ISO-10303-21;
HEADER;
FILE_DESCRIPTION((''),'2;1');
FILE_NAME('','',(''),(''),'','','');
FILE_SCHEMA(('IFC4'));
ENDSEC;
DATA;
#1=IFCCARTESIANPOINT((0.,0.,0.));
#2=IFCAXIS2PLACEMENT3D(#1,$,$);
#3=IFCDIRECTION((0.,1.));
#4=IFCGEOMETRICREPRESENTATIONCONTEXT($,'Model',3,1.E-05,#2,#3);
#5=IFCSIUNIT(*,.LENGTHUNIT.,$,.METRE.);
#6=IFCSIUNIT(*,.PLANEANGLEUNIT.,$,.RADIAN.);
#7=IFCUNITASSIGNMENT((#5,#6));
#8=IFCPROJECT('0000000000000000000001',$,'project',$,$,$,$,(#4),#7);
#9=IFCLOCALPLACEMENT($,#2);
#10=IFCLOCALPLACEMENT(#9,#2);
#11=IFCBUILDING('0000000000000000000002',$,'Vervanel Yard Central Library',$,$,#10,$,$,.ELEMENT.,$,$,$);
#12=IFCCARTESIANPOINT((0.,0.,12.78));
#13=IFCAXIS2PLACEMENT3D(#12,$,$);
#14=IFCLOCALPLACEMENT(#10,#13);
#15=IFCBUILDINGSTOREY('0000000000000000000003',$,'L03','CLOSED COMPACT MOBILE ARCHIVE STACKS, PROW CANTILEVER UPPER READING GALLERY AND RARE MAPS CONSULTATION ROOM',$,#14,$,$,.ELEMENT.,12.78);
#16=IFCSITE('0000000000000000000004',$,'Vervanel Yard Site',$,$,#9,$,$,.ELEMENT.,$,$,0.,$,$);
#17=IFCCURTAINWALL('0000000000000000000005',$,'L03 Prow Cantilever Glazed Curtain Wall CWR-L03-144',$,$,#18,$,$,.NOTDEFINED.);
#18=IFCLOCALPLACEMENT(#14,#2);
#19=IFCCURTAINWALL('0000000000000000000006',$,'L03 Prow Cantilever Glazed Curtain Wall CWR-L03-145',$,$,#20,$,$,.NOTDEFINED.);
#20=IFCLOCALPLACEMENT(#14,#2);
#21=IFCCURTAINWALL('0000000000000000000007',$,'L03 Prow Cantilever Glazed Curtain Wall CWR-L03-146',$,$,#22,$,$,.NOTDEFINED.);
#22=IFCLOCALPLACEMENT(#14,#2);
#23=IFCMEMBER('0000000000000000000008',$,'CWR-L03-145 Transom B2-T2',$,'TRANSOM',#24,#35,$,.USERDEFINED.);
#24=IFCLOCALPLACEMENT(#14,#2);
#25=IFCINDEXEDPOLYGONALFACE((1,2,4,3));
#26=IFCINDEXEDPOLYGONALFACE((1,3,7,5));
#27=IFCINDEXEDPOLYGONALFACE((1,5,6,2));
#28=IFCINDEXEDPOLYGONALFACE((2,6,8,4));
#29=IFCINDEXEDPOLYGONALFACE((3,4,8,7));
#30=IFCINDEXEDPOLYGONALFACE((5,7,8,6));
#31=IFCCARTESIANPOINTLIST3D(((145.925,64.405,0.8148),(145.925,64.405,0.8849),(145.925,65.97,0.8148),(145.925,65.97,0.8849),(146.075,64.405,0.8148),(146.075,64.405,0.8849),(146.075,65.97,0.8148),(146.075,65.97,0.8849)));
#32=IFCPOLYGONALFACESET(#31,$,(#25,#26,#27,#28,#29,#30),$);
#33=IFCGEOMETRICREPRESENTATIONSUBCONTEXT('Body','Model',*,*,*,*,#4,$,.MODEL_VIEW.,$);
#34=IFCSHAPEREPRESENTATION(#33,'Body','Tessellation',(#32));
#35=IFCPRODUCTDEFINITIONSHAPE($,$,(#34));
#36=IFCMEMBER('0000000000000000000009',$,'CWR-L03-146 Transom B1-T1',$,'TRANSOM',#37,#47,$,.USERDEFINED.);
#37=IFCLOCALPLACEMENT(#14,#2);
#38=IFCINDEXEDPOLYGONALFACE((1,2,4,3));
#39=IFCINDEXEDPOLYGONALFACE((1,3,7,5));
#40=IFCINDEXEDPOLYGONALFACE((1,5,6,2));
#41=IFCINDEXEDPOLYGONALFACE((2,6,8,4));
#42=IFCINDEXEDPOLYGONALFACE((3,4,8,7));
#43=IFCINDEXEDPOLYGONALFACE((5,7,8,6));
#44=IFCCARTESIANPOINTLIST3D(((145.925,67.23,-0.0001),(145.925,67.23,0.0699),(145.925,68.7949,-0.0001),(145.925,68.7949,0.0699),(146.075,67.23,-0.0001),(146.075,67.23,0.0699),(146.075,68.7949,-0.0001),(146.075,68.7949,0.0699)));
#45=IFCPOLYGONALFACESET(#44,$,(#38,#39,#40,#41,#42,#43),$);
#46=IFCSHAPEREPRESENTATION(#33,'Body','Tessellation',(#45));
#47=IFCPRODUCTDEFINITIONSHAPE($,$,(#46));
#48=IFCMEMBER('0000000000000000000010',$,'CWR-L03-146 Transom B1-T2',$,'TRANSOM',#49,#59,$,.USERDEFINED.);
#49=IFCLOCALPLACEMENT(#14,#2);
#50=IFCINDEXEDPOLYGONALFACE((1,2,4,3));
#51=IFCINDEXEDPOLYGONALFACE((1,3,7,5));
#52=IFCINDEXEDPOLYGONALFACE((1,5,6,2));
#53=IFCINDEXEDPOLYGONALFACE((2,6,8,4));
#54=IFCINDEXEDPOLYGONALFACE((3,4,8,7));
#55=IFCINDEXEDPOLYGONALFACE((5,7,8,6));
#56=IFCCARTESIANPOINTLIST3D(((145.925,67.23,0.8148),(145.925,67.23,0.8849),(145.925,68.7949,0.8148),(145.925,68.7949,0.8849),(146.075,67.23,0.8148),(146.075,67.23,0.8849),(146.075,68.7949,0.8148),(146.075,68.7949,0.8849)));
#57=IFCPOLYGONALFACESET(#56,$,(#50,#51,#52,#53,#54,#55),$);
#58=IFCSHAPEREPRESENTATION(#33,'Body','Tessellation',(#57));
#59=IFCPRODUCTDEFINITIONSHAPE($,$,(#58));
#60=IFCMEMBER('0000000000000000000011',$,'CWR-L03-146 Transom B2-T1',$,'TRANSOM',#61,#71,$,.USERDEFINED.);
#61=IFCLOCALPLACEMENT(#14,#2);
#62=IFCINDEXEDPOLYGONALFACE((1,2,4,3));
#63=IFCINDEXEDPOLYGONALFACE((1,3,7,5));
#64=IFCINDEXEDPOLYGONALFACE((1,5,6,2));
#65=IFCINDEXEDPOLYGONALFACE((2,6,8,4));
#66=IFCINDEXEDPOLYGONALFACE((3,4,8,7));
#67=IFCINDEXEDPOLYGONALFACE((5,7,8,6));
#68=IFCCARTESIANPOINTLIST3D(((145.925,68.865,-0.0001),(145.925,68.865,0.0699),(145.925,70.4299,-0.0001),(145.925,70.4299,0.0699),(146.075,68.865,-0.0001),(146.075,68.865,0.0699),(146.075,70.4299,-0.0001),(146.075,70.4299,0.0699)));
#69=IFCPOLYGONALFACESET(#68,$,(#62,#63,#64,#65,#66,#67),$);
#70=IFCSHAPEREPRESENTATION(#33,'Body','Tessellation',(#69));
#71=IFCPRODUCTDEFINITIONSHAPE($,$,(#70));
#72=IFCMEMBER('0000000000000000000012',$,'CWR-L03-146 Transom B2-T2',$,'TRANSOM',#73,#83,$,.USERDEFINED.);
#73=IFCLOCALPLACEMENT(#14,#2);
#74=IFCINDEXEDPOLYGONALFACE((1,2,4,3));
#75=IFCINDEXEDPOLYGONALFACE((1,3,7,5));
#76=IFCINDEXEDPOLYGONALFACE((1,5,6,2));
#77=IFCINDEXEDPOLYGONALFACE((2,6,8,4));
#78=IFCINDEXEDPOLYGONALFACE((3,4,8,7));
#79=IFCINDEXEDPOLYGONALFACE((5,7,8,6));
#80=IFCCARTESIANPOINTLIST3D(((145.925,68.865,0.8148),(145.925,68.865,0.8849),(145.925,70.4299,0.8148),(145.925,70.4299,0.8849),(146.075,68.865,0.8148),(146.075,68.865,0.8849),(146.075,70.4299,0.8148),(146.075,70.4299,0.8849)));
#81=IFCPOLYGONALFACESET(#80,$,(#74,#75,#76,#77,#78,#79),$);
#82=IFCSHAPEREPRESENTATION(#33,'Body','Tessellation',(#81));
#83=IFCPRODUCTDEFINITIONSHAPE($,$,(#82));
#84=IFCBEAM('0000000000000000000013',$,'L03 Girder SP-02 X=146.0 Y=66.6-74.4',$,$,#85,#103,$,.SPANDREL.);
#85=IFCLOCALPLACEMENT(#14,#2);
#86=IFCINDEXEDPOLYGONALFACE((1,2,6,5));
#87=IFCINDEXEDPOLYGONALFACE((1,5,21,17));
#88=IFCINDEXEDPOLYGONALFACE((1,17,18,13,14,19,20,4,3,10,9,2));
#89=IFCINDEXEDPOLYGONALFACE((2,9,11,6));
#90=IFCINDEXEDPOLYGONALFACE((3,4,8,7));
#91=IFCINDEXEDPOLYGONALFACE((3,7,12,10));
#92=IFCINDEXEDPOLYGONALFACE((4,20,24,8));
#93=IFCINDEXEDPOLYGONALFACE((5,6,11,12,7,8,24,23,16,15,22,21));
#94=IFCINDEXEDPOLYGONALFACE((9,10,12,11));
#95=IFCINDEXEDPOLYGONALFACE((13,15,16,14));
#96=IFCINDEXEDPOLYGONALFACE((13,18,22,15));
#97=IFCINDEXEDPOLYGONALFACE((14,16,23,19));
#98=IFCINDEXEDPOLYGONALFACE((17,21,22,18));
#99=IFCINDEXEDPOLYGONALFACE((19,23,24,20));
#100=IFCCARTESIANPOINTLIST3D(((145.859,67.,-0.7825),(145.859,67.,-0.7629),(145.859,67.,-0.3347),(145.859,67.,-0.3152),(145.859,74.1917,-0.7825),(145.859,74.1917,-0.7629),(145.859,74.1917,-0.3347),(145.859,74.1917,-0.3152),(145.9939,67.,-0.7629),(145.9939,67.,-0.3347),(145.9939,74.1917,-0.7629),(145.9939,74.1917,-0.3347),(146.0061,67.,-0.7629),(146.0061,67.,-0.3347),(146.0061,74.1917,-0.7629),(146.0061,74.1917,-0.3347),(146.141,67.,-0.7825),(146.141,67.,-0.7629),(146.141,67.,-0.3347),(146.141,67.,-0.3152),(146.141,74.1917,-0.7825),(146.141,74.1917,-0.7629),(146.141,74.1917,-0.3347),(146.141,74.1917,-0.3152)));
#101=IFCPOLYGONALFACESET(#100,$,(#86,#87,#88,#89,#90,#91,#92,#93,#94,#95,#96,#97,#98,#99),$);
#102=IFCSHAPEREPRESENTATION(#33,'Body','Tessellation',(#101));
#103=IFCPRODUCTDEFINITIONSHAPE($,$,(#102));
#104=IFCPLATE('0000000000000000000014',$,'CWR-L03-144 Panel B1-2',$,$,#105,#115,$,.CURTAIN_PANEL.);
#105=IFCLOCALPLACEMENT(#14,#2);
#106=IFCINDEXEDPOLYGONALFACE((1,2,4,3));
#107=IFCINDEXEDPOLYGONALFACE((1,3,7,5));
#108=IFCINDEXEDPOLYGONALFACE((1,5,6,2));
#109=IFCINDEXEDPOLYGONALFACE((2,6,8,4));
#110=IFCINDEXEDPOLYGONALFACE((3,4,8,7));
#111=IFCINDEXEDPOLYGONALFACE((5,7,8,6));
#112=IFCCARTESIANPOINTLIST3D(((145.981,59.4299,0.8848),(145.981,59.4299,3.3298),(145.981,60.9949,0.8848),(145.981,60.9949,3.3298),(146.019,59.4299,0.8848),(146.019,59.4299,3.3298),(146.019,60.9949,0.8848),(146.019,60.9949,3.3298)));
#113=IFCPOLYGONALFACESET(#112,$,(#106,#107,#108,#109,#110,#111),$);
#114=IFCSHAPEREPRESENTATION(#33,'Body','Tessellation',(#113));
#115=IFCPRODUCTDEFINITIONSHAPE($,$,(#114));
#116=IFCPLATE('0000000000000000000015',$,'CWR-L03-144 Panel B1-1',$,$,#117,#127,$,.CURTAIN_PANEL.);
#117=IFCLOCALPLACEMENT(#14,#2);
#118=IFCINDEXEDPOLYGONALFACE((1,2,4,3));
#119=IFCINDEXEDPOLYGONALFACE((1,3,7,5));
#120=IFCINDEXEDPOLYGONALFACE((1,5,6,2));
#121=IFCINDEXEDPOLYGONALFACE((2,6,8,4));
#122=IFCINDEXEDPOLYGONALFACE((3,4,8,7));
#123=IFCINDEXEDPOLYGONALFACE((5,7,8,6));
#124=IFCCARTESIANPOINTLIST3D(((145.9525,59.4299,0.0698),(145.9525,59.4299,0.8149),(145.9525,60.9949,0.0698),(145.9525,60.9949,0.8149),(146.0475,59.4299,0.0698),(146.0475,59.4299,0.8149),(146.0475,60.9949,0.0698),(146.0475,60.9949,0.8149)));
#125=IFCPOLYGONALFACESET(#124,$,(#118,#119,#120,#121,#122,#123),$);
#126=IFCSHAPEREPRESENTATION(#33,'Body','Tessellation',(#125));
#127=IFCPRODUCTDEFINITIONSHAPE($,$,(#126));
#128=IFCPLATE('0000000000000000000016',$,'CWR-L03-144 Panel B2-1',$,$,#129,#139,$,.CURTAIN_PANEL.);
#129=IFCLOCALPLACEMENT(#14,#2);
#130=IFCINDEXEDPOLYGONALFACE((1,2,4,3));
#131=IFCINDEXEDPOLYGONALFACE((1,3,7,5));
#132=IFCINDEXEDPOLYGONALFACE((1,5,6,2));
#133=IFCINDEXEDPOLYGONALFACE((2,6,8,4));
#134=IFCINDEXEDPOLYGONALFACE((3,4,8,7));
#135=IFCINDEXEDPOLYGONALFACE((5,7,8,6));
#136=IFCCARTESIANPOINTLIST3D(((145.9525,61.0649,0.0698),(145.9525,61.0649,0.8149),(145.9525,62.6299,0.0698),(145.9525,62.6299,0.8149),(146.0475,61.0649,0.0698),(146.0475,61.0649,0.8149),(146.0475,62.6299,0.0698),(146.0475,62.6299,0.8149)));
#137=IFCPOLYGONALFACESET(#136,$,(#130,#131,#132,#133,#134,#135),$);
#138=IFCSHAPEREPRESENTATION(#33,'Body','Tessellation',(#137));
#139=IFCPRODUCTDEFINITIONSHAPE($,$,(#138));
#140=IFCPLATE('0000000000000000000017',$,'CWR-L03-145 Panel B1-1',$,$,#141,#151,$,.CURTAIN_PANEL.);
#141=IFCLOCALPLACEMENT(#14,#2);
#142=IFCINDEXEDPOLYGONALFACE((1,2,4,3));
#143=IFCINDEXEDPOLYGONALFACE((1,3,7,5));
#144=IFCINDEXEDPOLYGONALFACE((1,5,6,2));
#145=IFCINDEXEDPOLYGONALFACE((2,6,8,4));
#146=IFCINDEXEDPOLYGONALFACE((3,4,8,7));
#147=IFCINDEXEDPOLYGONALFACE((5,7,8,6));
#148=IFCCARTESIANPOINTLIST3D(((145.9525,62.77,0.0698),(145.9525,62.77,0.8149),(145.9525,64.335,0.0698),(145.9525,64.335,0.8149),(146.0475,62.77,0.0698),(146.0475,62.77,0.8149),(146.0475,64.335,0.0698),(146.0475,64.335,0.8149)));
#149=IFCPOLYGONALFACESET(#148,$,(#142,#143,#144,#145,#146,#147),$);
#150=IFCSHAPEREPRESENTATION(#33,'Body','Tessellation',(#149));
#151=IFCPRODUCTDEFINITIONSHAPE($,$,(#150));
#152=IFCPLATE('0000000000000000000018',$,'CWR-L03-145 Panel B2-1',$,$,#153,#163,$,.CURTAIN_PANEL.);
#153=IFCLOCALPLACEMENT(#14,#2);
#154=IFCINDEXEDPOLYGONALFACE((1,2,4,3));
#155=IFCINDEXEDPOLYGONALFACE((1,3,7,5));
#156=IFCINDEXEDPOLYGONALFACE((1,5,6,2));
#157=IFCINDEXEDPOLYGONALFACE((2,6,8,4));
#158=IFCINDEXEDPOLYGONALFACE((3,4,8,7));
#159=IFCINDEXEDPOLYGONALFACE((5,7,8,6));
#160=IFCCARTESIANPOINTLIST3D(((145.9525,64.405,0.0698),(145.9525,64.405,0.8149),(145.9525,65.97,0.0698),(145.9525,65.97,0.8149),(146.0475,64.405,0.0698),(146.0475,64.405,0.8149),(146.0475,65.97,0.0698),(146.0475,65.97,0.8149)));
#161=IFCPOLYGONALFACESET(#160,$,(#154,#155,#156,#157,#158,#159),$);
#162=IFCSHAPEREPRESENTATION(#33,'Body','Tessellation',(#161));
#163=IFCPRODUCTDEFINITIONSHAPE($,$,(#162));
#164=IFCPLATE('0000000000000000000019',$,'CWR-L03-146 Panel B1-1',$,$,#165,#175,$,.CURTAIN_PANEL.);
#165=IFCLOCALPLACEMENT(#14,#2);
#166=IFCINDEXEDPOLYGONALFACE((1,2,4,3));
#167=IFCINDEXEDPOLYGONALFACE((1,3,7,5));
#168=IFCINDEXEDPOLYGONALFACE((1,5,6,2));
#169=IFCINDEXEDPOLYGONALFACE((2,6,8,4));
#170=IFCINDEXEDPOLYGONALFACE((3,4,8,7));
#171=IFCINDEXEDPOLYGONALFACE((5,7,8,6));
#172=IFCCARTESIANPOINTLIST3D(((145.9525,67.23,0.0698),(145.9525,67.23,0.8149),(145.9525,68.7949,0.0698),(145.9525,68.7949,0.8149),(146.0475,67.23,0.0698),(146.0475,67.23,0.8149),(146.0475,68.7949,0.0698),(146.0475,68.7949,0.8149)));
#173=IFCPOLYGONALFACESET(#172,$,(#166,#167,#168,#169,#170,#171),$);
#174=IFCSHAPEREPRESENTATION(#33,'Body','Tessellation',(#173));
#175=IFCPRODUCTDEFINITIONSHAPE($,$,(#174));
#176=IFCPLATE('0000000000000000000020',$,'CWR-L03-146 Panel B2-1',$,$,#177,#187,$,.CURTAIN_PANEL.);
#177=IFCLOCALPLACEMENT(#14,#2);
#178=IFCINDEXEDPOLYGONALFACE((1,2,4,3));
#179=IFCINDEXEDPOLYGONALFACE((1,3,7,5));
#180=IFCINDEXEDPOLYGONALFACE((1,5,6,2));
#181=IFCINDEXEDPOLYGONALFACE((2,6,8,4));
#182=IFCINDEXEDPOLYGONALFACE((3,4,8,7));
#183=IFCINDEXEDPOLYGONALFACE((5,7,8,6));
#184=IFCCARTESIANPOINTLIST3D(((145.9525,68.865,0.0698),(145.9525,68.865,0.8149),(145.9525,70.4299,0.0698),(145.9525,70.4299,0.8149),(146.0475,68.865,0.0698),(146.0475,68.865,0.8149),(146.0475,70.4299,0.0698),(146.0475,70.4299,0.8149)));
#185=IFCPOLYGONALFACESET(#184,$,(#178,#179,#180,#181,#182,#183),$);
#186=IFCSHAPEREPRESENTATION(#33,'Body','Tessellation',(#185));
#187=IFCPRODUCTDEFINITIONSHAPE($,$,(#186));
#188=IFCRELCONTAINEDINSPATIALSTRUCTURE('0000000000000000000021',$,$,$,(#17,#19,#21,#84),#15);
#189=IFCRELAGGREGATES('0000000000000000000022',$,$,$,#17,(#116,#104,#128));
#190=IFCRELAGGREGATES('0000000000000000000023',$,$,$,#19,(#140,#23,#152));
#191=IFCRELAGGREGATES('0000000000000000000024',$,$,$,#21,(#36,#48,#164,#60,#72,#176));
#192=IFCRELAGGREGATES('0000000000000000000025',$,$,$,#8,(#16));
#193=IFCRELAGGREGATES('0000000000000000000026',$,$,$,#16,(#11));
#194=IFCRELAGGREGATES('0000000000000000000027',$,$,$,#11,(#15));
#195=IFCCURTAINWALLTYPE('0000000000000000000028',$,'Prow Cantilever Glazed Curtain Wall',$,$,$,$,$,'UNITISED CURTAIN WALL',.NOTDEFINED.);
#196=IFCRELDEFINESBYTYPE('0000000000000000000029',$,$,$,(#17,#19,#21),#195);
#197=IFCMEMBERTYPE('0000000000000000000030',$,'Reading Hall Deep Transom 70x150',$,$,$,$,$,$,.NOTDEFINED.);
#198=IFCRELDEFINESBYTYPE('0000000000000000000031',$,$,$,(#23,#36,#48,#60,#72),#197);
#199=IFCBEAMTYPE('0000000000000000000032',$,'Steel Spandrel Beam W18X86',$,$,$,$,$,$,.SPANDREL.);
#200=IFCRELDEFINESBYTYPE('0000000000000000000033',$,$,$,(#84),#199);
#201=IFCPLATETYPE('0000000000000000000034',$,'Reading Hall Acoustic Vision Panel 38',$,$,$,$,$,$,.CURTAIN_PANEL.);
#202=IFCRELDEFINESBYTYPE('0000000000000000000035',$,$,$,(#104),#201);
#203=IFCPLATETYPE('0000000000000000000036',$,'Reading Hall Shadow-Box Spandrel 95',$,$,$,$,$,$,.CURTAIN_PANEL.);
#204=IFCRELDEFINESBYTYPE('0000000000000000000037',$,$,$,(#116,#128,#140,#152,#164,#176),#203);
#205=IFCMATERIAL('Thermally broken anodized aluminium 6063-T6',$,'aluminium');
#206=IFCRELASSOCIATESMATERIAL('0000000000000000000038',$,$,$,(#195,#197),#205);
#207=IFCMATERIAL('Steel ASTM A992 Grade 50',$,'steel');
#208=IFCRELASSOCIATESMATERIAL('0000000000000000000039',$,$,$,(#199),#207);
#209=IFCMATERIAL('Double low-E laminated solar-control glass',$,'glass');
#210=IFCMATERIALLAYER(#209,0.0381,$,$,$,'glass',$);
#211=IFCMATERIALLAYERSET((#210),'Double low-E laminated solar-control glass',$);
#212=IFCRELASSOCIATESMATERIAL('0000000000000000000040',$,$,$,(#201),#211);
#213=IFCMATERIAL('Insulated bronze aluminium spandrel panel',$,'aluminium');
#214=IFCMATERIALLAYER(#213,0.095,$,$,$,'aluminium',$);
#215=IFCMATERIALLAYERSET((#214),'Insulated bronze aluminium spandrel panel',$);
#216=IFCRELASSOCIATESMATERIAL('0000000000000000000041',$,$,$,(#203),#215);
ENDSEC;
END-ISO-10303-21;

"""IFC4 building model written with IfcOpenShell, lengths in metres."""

from ifc_helpers import new_model, si_unit, direction, frame, origin, origin_2d, place, context, subcontext, project, spatial, rectangle, i_section, extrude, material, layer, layer_set, material_profile, profile_set, type_object, element, aggregate, save


model = new_model("IFC4")

# Units and contexts
model_context = context("Model", 3, precision=1e-05, world=origin(), true_north=direction((0.0, 1.0)))
body_context = subcontext(model_context, "Body", "Model", "MODEL_VIEW")
ifc_project = project(units=[si_unit("LENGTHUNIT", "METRE"), si_unit("PLANEANGLEUNIT", "RADIAN")], contexts=[model_context])

# Site, building, storey
site_placement = place(None, origin())
site = spatial("IfcSite", under=ifc_project, at=site_placement, Name="Vervanel Yard Site", CompositionType="ELEMENT", RefElevation=0.0)
building_placement = place(site_placement, origin())
building = spatial("IfcBuilding", under=site, at=building_placement, Name="Vervanel Yard Central Library", CompositionType="ELEMENT")
storey_placement = place(building_placement, frame((0.0, 0.0, 12.78)))
storey = spatial("IfcBuildingStorey", under=building, at=storey_placement, Name="L03", Description="CLOSED COMPACT MOBILE ARCHIVE STACKS, PROW CANTILEVER UPPER READING GALLERY AND RARE MAPS CONSULTATION ROOM", CompositionType="ELEMENT", Elevation=12.78)

# Shared definitions
ifc_material_1 = material(Name="Steel ASTM A992 Grade 50", Category="steel")

# Curtain walls
ifc_material_2 = material(Name="Thermally broken anodized aluminium 6063-T6", Category="aluminium")
curtain_wall_type = type_object("IfcCurtainWallType", Name="Prow Cantilever Glazed Curtain Wall", ElementType="UNITISED CURTAIN WALL", PredefinedType="NOTDEFINED", material=ifc_material_2)
curtain_wall_1_placement = place(storey_placement, origin())
curtain_wall_1 = element("IfcCurtainWall", 1, at=curtain_wall_1_placement, inside=storey, type_object=curtain_wall_type, Name="L03 Prow Cantilever Glazed Curtain Wall CWR-L03-144", PredefinedType="NOTDEFINED")
curtain_wall_2_placement = place(storey_placement, origin())
curtain_wall_2 = element("IfcCurtainWall", 2, at=curtain_wall_2_placement, inside=storey, type_object=curtain_wall_type, Name="L03 Prow Cantilever Glazed Curtain Wall CWR-L03-145", PredefinedType="NOTDEFINED")
curtain_wall_3_placement = place(storey_placement, origin())
curtain_wall_3 = element("IfcCurtainWall", 3, at=curtain_wall_3_placement, inside=storey, type_object=curtain_wall_type, Name="L03 Prow Cantilever Glazed Curtain Wall CWR-L03-146", PredefinedType="NOTDEFINED")

# Members
ifc_material_profile_1 = material_profile(ifc_material_2, rectangle(XDim=0.0701, YDim=0.1499, at=origin_2d()), Name="ALU 70x150", Category="aluminium")
ifc_profile_set_1 = profile_set([ifc_material_profile_1], Name="Thermally broken anodized aluminium 6063-T6")
member_type_1 = type_object("IfcMemberType", Name="Reading Hall Deep Transom 70x150", PredefinedType="NOTDEFINED", material=ifc_profile_set_1)
member_1_placement = place(storey_placement, frame((146.0, 64.405, 0.8499), z_axis=(0.0, 1.0, 0.0), x_axis=(0.0, 0.0, 1.0)))
member_1 = element("IfcMember", 4, at=member_1_placement, type_object=member_type_1, Name="CWR-L03-145 Transom B2-T2", ObjectType="TRANSOM", PredefinedType="USERDEFINED", context=body_context, shape_type="SweptSolid", body=[
    extrude(rectangle(XDim=0.0701, YDim=0.1499, at=origin_2d()), origin(), (0.0, 0.0, 1.0), 1.5649),
])
member_2_placement = place(storey_placement, frame((146.0, 67.23, 0.0349), z_axis=(0.0, 1.0, 0.0), x_axis=(0.0, 0.0, 1.0)))
member_2 = element("IfcMember", 5, at=member_2_placement, type_object=member_type_1, Name="CWR-L03-146 Transom B1-T1", ObjectType="TRANSOM", PredefinedType="USERDEFINED", context=body_context, shape_type="SweptSolid", body=[
    extrude(rectangle(XDim=0.0701, YDim=0.1499, at=origin_2d()), origin(), (0.0, 0.0, 1.0), 1.5649),
])
member_3_placement = place(storey_placement, frame((146.0, 67.23, 0.8499), z_axis=(0.0, 1.0, 0.0), x_axis=(0.0, 0.0, 1.0)))
member_3 = element("IfcMember", 6, at=member_3_placement, type_object=member_type_1, Name="CWR-L03-146 Transom B1-T2", ObjectType="TRANSOM", PredefinedType="USERDEFINED", context=body_context, shape_type="SweptSolid", body=[
    extrude(rectangle(XDim=0.0701, YDim=0.1499, at=origin_2d()), origin(), (0.0, 0.0, 1.0), 1.5649),
])
member_4_placement = place(storey_placement, frame((146.0, 68.865, 0.0349), z_axis=(0.0, 1.0, 0.0), x_axis=(0.0, 0.0, 1.0)))
member_4 = element("IfcMember", 7, at=member_4_placement, type_object=member_type_1, Name="CWR-L03-146 Transom B2-T1", ObjectType="TRANSOM", PredefinedType="USERDEFINED", context=body_context, shape_type="SweptSolid", body=[
    extrude(rectangle(XDim=0.0701, YDim=0.1499, at=origin_2d()), origin(), (0.0, 0.0, 1.0), 1.5649),
])
member_5_placement = place(storey_placement, frame((146.0, 68.865, 0.8499), z_axis=(0.0, 1.0, 0.0), x_axis=(0.0, 0.0, 1.0)))
member_5 = element("IfcMember", 8, at=member_5_placement, type_object=member_type_1, Name="CWR-L03-146 Transom B2-T2", ObjectType="TRANSOM", PredefinedType="USERDEFINED", context=body_context, shape_type="SweptSolid", body=[
    extrude(rectangle(XDim=0.0701, YDim=0.1499, at=origin_2d()), origin(), (0.0, 0.0, 1.0), 1.5649),
])

# Beam
ifc_material_profile_2 = material_profile(ifc_material_1, i_section(OverallWidth=0.282, OverallDepth=0.4673, WebThickness=0.0122, FlangeThickness=0.0195, at=origin_2d()), Name="W18X86", Category="steel")
ifc_profile_set_2 = profile_set([ifc_material_profile_2], Name="Steel ASTM A992 Grade 50")
beam_type = type_object("IfcBeamType", Name="Steel Spandrel Beam W18X86", PredefinedType="SPANDREL", material=ifc_profile_set_2)
beam_placement = place(storey_placement, frame((146.0, 67.0, -0.5488), z_axis=(0.0, 1.0, 0.0), x_axis=(-1.0, 0.0, 0.0)))
element("IfcBeam", 9, at=beam_placement, inside=storey, type_object=beam_type, Name="L03 Girder SP-02 X=146.0 Y=66.6-74.4", PredefinedType="SPANDREL", context=body_context, shape_type="SweptSolid", body=[
    extrude(i_section(OverallWidth=0.282, OverallDepth=0.4673, WebThickness=0.0122, FlangeThickness=0.0195, at=origin_2d()), origin(), (0.0, 0.0, 1.0), 7.1917),
])

# Plates
ifc_material_3 = material(Name="Double low-E laminated solar-control glass", Category="glass")
ifc_layer_1 = layer(ifc_material_3, 0.0381, Category="glass")
ifc_layer_set_1 = layer_set([ifc_layer_1], Name="Double low-E laminated solar-control glass")
plate_type_1 = type_object("IfcPlateType", Name="Reading Hall Acoustic Vision Panel 38", PredefinedType="CURTAIN_PANEL", material=ifc_layer_set_1)
plate_1_placement = place(storey_placement, frame((146.0, 60.2124, 0.8848), z_axis=(0.0, 0.0, 1.0), x_axis=(0.0, 1.0, 0.0)))
plate_1 = element("IfcPlate", 10, at=plate_1_placement, type_object=plate_type_1, Name="CWR-L03-144 Panel B1-2", PredefinedType="CURTAIN_PANEL", context=body_context, shape_type="SweptSolid", body=[
    extrude(rectangle(XDim=1.5649, YDim=0.0381, at=origin_2d()), origin(), (0.0, 0.0, 1.0), 2.4451),
])
ifc_material_4 = material(Name="Insulated bronze aluminium spandrel panel", Category="aluminium")
ifc_layer_2 = layer(ifc_material_4, 0.095, Category="aluminium")
ifc_layer_set_2 = layer_set([ifc_layer_2], Name="Insulated bronze aluminium spandrel panel")
plate_type_2 = type_object("IfcPlateType", Name="Reading Hall Shadow-Box Spandrel 95", PredefinedType="CURTAIN_PANEL", material=ifc_layer_set_2)
plate_2_placement = place(storey_placement, frame((146.0, 60.2124, 0.0698), z_axis=(0.0, 0.0, 1.0), x_axis=(0.0, 1.0, 0.0)))
plate_2 = element("IfcPlate", 11, at=plate_2_placement, type_object=plate_type_2, Name="CWR-L03-144 Panel B1-1", PredefinedType="CURTAIN_PANEL", context=body_context, shape_type="SweptSolid", body=[
    extrude(rectangle(XDim=1.5649, YDim=0.095, at=origin_2d()), origin(), (0.0, 0.0, 1.0), 0.7451),
])
plate_3_placement = place(storey_placement, frame((146.0, 61.8474, 0.0698), z_axis=(0.0, 0.0, 1.0), x_axis=(0.0, 1.0, 0.0)))
plate_3 = element("IfcPlate", 12, at=plate_3_placement, type_object=plate_type_2, Name="CWR-L03-144 Panel B2-1", PredefinedType="CURTAIN_PANEL", context=body_context, shape_type="SweptSolid", body=[
    extrude(rectangle(XDim=1.5649, YDim=0.095, at=origin_2d()), origin(), (0.0, 0.0, 1.0), 0.7451),
])
aggregate(curtain_wall_1, [plate_2, plate_1, plate_3])
plate_4_placement = place(storey_placement, frame((146.0, 63.5525, 0.0698), z_axis=(0.0, 0.0, 1.0), x_axis=(0.0, 1.0, 0.0)))
plate_4 = element("IfcPlate", 13, at=plate_4_placement, type_object=plate_type_2, Name="CWR-L03-145 Panel B1-1", PredefinedType="CURTAIN_PANEL", context=body_context, shape_type="SweptSolid", body=[
    extrude(rectangle(XDim=1.5649, YDim=0.095, at=origin_2d()), origin(), (0.0, 0.0, 1.0), 0.7451),
])
plate_5_placement = place(storey_placement, frame((146.0, 65.1875, 0.0698), z_axis=(0.0, 0.0, 1.0), x_axis=(0.0, 1.0, 0.0)))
plate_5 = element("IfcPlate", 14, at=plate_5_placement, type_object=plate_type_2, Name="CWR-L03-145 Panel B2-1", PredefinedType="CURTAIN_PANEL", context=body_context, shape_type="SweptSolid", body=[
    extrude(rectangle(XDim=1.5649, YDim=0.095, at=origin_2d()), origin(), (0.0, 0.0, 1.0), 0.7451),
])
aggregate(curtain_wall_2, [plate_4, member_1, plate_5])
plate_6_placement = place(storey_placement, frame((146.0, 68.0125, 0.0698), z_axis=(0.0, 0.0, 1.0), x_axis=(0.0, 1.0, 0.0)))
plate_6 = element("IfcPlate", 15, at=plate_6_placement, type_object=plate_type_2, Name="CWR-L03-146 Panel B1-1", PredefinedType="CURTAIN_PANEL", context=body_context, shape_type="SweptSolid", body=[
    extrude(rectangle(XDim=1.5649, YDim=0.095, at=origin_2d()), origin(), (0.0, 0.0, 1.0), 0.7451),
])
plate_7_placement = place(storey_placement, frame((146.0, 69.6475, 0.0698), z_axis=(0.0, 0.0, 1.0), x_axis=(0.0, 1.0, 0.0)))
plate_7 = element("IfcPlate", 16, at=plate_7_placement, type_object=plate_type_2, Name="CWR-L03-146 Panel B2-1", PredefinedType="CURTAIN_PANEL", context=body_context, shape_type="SweptSolid", body=[
    extrude(rectangle(XDim=1.5649, YDim=0.095, at=origin_2d()), origin(), (0.0, 0.0, 1.0), 0.7451),
])
aggregate(curtain_wall_3, [member_2, member_3, plate_6, member_4, member_5, plate_7])

save(model, "model.ifc")
